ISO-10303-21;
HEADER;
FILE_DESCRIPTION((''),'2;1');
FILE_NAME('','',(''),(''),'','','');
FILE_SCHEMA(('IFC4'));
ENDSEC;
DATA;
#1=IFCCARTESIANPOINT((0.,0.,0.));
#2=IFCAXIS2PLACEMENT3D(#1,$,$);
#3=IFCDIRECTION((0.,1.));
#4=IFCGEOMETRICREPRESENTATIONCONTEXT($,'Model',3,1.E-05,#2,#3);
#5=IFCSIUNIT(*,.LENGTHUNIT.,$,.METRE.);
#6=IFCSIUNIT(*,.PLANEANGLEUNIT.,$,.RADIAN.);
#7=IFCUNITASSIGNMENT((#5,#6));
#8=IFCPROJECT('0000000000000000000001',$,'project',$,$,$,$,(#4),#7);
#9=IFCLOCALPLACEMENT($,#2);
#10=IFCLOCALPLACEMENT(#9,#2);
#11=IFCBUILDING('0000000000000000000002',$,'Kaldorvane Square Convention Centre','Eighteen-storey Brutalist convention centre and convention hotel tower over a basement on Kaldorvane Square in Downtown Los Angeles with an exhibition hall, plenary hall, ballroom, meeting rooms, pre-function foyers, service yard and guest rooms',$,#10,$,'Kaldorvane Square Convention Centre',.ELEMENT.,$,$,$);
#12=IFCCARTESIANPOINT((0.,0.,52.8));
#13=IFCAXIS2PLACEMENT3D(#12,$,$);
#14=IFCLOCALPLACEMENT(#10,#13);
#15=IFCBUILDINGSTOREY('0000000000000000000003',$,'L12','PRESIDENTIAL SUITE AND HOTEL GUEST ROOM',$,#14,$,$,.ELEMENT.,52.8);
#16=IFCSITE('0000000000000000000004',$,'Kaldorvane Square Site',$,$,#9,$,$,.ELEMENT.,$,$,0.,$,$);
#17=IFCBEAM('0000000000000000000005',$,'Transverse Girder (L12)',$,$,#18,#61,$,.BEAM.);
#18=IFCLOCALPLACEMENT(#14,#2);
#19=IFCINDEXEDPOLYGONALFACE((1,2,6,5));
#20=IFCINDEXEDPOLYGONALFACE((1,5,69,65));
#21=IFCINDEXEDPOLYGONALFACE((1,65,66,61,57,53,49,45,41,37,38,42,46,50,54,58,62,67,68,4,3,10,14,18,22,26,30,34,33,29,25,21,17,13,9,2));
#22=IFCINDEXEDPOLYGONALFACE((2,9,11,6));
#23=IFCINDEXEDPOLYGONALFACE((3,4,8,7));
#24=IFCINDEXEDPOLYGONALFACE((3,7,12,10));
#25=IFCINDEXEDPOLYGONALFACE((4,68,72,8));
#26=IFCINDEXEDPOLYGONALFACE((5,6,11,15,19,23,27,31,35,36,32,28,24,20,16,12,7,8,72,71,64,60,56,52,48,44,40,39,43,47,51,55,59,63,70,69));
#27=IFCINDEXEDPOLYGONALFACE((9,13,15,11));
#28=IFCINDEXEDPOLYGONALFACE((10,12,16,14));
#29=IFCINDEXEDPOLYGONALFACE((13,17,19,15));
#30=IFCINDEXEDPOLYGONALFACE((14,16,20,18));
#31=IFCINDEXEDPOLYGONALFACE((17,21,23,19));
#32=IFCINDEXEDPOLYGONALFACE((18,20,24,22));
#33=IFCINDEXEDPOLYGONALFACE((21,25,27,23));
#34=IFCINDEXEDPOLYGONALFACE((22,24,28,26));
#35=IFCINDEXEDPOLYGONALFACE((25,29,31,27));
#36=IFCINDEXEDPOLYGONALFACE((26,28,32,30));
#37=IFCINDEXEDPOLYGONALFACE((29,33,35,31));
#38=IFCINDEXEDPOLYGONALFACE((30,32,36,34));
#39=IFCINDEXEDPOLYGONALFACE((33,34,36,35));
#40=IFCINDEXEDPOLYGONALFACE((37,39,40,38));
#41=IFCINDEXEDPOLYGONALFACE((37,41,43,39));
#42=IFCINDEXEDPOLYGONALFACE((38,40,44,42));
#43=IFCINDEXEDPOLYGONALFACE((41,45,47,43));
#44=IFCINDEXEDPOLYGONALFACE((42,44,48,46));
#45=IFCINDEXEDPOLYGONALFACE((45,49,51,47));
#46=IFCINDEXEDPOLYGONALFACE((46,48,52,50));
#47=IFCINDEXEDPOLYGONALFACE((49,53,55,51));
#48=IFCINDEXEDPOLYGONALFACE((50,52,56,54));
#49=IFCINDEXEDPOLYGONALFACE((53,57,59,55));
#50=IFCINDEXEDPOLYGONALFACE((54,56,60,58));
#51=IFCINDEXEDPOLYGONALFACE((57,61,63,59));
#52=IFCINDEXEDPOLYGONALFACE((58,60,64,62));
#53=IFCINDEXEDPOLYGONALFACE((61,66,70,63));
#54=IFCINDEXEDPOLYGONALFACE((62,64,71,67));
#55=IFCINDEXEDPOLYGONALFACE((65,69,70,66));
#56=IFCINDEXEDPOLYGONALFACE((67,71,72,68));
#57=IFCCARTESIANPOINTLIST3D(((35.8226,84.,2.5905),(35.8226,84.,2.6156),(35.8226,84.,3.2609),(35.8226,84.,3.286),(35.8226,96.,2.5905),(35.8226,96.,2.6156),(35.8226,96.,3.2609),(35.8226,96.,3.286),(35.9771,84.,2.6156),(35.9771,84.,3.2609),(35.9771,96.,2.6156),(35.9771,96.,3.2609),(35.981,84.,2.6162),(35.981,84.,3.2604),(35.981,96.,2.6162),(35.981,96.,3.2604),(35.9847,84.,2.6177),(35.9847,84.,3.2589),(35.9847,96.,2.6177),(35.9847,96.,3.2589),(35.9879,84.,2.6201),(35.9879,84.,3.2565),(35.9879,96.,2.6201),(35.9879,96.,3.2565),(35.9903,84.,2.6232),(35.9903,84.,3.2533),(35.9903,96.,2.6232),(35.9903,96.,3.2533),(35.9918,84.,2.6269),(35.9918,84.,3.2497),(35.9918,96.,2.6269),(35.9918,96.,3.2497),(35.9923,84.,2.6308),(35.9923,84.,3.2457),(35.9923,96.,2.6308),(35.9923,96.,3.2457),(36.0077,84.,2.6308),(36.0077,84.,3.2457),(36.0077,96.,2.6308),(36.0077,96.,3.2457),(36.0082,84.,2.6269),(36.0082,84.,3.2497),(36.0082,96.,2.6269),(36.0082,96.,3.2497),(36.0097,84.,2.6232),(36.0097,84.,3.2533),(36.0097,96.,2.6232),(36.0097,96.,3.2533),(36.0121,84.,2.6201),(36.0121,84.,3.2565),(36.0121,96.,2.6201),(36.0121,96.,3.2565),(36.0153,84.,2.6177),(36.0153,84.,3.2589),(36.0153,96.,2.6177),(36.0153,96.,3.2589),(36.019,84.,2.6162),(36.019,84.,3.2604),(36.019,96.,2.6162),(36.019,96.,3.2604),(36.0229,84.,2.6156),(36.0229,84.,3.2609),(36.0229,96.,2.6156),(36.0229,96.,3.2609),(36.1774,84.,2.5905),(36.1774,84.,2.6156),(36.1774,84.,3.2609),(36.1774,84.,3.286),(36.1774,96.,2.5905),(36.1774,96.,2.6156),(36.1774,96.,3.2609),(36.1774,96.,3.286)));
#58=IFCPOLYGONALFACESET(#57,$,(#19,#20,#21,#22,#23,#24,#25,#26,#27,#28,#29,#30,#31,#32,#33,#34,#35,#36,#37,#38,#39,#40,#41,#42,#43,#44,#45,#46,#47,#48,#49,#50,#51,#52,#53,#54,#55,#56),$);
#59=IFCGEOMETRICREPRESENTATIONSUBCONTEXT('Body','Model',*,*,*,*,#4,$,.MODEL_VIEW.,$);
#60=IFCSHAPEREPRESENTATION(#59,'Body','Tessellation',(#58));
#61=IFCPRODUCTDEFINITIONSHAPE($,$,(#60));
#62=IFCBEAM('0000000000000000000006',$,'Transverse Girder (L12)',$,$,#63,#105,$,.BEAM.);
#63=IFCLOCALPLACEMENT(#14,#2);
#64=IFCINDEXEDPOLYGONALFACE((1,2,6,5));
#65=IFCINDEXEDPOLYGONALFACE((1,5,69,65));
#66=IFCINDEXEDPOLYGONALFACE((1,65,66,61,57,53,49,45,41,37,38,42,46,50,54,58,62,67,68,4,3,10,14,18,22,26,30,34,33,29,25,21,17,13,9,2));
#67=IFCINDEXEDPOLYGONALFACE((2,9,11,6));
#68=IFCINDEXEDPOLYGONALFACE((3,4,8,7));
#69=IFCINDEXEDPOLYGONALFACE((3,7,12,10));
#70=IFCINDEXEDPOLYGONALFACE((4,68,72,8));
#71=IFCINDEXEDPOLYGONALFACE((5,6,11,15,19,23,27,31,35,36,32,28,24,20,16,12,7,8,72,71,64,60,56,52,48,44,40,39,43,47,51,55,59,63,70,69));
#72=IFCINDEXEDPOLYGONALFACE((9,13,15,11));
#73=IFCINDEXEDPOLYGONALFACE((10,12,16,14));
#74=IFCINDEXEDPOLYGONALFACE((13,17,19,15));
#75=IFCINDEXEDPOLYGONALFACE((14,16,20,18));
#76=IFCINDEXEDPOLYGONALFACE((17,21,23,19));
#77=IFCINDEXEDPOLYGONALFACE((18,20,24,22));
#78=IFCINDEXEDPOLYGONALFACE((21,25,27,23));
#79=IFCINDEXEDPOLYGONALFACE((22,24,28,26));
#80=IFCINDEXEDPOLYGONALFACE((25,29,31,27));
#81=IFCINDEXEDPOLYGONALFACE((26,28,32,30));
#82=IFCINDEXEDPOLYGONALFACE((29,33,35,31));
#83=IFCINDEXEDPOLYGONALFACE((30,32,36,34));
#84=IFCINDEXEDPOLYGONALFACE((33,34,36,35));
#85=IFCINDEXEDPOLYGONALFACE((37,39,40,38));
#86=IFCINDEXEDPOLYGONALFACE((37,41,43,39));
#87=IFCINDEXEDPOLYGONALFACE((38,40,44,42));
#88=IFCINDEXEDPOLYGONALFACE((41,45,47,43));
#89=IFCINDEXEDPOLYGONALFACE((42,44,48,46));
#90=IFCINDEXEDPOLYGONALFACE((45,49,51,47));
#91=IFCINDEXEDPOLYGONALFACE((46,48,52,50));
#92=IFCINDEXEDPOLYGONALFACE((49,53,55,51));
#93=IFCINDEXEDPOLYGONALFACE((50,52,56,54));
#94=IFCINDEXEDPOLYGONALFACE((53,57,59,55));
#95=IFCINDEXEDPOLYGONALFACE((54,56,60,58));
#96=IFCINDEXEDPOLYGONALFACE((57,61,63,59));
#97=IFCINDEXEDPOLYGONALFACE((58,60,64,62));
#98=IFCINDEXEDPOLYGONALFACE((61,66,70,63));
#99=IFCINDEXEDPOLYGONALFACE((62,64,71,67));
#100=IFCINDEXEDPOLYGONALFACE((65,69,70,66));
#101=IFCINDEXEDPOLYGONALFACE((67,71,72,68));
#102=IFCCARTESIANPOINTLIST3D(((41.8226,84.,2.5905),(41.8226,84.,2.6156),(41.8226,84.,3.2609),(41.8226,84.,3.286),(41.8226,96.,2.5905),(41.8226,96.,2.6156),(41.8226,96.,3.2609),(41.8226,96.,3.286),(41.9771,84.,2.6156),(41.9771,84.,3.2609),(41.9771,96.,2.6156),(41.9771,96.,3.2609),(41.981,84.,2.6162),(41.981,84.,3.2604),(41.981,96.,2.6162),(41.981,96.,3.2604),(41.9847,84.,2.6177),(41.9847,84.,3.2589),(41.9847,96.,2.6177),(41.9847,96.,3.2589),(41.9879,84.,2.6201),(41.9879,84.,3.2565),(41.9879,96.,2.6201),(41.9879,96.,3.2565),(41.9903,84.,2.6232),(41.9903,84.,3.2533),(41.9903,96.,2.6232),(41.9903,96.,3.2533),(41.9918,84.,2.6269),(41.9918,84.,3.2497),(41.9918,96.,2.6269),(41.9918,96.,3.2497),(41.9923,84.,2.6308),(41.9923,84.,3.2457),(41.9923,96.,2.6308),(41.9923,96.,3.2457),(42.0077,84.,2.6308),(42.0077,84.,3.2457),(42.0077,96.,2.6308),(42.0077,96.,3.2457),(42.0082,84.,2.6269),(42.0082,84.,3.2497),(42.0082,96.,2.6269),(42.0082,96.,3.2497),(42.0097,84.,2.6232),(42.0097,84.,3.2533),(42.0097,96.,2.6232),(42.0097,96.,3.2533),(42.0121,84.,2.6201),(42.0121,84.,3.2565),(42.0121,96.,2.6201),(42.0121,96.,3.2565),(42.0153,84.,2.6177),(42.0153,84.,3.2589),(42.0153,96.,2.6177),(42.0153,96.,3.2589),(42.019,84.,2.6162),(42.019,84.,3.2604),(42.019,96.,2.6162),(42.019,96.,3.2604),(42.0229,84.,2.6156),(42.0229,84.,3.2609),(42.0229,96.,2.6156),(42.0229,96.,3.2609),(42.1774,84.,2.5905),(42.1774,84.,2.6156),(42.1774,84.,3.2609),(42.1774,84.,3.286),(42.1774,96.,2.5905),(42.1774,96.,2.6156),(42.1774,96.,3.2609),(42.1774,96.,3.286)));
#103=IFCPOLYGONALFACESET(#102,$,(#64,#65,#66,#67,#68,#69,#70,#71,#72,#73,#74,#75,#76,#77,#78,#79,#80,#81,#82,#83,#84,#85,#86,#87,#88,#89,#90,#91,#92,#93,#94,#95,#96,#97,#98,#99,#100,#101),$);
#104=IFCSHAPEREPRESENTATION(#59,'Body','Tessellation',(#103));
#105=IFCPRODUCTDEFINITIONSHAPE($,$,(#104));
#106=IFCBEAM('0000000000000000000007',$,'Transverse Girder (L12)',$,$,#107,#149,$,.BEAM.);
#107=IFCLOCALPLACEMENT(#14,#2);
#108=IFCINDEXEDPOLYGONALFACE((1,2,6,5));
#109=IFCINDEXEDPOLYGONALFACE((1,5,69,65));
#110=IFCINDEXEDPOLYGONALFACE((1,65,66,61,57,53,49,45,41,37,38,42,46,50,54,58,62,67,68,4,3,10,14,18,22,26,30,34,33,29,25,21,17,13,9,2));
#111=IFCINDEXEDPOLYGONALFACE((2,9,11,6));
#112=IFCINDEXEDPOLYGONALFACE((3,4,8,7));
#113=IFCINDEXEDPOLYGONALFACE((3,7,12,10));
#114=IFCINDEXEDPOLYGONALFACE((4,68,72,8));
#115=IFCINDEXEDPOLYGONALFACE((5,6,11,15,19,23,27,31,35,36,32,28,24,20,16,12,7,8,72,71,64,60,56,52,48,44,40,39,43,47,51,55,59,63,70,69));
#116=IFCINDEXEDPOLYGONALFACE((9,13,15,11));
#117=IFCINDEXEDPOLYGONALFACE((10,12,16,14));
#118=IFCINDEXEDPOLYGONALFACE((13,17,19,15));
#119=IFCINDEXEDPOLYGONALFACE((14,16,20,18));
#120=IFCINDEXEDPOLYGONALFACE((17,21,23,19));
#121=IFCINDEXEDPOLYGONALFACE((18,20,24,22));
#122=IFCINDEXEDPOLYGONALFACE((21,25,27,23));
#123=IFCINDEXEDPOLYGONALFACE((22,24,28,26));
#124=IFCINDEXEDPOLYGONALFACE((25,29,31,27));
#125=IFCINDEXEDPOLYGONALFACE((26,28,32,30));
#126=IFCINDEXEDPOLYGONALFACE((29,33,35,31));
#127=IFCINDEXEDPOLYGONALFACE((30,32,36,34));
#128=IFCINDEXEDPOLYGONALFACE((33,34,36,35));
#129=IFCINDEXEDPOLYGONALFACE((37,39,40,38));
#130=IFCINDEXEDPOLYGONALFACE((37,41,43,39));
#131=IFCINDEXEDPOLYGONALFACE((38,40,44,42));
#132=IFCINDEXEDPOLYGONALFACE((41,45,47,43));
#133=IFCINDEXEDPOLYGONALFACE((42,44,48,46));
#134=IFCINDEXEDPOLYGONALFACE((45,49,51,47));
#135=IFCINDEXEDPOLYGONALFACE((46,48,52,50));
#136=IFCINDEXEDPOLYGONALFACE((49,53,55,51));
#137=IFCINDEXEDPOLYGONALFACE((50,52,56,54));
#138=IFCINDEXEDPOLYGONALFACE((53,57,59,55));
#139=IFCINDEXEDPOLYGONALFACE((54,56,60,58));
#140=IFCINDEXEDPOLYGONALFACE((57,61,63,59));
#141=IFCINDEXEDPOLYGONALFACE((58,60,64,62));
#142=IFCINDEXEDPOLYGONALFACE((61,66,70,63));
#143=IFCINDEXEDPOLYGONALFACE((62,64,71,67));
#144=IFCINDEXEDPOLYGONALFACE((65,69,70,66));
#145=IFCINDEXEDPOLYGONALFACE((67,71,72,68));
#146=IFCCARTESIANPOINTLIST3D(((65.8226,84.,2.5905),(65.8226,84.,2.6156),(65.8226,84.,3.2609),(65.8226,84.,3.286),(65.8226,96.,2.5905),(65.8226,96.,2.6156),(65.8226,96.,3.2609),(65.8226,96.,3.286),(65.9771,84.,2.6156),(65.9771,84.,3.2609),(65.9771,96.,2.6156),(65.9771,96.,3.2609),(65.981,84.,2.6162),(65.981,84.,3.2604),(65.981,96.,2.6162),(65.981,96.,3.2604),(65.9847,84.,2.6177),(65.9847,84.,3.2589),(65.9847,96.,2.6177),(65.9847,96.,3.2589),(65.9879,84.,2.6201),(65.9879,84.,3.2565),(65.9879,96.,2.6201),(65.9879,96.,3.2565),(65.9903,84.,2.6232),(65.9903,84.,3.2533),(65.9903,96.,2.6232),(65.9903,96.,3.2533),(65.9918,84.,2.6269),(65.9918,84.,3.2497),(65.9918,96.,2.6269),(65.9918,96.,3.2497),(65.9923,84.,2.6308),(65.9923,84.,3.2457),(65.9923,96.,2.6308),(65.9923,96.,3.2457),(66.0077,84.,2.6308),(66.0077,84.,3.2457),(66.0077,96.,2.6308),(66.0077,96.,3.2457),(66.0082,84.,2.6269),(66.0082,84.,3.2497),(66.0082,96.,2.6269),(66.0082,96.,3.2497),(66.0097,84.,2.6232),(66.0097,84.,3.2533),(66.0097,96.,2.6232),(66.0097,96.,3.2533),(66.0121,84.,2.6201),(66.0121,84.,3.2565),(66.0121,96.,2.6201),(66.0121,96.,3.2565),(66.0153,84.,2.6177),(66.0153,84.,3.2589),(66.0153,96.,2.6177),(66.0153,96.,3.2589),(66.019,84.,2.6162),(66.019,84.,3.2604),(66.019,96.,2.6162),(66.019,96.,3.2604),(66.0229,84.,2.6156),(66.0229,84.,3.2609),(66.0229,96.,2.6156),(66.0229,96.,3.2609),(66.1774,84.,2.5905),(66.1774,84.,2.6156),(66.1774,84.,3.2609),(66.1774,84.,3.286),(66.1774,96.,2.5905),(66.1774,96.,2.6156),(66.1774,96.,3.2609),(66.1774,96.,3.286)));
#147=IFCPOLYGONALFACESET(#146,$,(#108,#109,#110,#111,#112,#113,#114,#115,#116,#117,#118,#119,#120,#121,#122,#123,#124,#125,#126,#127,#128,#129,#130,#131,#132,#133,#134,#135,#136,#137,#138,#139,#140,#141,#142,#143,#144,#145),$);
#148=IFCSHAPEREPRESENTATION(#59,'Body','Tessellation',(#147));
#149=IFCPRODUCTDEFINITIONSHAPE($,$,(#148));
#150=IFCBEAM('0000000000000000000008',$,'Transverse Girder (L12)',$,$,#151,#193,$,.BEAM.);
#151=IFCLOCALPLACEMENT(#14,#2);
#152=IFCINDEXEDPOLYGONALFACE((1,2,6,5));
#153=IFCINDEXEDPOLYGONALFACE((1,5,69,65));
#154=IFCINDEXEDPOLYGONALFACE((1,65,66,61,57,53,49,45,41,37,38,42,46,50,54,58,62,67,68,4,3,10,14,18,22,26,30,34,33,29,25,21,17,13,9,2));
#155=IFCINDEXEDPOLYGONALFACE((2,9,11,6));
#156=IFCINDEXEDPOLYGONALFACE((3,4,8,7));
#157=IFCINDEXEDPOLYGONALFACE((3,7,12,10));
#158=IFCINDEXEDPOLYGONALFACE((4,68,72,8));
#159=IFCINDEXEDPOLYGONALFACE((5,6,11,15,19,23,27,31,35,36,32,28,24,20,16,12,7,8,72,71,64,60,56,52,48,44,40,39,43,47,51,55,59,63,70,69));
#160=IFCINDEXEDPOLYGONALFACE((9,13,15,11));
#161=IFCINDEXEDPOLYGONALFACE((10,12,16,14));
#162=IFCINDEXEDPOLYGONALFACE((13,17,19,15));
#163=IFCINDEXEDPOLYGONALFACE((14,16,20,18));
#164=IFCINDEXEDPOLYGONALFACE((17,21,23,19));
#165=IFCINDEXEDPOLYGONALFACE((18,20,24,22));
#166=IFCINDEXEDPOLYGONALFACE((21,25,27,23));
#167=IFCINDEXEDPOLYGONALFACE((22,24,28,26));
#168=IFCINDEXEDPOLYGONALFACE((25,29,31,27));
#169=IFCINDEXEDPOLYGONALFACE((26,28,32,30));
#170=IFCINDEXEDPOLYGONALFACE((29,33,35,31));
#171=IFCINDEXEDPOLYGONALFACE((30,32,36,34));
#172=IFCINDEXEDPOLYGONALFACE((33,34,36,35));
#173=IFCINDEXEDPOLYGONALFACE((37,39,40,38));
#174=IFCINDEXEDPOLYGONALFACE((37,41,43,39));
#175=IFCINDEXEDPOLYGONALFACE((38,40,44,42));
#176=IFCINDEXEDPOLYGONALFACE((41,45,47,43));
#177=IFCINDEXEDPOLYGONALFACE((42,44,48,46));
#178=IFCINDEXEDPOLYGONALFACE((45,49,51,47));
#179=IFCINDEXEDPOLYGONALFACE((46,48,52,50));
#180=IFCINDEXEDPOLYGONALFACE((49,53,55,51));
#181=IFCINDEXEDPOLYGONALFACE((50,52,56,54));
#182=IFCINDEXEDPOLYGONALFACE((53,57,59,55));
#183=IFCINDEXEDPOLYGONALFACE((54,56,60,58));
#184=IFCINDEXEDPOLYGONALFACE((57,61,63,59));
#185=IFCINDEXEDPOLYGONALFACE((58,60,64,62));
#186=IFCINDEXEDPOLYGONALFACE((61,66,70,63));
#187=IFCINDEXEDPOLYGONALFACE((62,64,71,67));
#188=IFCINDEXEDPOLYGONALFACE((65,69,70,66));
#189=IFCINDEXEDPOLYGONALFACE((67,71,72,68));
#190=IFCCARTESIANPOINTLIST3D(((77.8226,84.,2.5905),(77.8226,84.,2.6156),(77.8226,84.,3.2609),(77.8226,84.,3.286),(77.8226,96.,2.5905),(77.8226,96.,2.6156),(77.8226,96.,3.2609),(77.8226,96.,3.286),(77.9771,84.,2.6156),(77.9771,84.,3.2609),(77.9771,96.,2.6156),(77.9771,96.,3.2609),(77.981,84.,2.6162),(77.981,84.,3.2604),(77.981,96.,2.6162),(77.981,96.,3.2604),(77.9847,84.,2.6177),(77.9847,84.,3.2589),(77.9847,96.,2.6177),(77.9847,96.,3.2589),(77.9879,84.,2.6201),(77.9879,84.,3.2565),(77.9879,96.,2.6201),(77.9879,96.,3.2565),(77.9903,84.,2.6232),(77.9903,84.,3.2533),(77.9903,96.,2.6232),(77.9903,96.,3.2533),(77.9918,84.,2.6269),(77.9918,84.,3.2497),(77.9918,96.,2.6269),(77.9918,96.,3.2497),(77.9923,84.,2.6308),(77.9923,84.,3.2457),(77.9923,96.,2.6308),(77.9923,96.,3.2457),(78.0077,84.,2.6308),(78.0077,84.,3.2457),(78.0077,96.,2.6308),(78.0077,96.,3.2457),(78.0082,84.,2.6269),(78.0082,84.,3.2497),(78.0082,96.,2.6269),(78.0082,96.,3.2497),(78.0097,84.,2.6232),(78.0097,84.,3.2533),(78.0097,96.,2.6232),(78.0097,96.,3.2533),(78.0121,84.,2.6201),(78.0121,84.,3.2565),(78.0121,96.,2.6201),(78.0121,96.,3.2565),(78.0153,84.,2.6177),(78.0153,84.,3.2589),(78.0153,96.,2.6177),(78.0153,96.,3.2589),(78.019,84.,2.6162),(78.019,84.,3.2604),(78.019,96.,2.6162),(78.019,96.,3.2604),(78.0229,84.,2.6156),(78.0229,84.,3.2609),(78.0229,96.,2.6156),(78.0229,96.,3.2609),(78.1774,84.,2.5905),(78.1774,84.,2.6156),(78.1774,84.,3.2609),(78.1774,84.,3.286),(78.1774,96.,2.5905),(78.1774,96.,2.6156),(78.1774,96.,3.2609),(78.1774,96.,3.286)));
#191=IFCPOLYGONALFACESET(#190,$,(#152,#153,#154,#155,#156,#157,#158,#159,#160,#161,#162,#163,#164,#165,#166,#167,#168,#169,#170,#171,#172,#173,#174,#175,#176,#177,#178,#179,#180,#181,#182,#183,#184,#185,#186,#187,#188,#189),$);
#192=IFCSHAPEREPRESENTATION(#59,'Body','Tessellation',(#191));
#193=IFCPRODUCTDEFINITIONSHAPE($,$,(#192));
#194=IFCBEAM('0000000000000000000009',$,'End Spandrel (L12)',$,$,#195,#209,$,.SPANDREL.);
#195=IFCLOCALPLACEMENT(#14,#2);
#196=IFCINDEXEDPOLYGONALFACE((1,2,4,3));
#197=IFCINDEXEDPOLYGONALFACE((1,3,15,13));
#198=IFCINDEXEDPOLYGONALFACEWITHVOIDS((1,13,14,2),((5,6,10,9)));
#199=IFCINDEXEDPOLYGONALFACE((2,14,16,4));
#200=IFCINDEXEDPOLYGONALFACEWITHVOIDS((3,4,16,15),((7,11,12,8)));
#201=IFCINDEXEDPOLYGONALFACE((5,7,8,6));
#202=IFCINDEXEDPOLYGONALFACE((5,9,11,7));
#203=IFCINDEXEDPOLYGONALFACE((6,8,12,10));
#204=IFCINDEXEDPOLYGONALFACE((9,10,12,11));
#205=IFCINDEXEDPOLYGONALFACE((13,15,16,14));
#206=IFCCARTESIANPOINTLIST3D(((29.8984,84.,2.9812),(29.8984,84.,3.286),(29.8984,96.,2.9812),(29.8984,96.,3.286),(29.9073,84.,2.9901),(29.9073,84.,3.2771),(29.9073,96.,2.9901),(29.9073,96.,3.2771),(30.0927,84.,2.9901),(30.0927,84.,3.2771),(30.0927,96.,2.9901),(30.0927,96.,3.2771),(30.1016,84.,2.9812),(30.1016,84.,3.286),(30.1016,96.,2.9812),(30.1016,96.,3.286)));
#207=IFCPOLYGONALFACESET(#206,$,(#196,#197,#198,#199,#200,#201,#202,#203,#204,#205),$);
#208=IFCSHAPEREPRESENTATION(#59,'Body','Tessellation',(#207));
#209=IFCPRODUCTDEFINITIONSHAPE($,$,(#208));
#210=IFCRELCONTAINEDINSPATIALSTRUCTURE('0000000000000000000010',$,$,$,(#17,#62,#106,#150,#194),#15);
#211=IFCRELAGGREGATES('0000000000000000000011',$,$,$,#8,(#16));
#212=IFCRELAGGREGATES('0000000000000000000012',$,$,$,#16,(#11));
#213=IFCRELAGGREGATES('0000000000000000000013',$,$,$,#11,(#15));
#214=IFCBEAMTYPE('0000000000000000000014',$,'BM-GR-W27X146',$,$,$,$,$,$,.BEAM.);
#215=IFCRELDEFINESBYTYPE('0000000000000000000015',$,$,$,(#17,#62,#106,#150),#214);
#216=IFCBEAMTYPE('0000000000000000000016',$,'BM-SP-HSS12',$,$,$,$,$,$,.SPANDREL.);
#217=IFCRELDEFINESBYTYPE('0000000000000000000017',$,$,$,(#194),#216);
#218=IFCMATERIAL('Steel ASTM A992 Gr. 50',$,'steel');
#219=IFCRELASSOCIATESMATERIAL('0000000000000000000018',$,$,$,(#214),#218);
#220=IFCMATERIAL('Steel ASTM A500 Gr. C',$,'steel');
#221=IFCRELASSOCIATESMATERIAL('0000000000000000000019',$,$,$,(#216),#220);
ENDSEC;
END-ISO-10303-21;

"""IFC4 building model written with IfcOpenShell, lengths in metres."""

from ifc_helpers import new_model, si_unit, direction, frame, origin, origin_2d, place, context, subcontext, project, spatial, hollow_rectangle, i_section, extrude, material, material_profile, profile_set, type_object, element, save


model = new_model("IFC4")

# Units and contexts
model_context = context("Model", 3, precision=1e-05, world=origin(), true_north=direction((0.0, 1.0)))
body_context = subcontext(model_context, "Body", "Model", "MODEL_VIEW")
ifc_project = project(units=[si_unit("LENGTHUNIT", "METRE"), si_unit("PLANEANGLEUNIT", "RADIAN")], contexts=[model_context])

# Site, building, storey
site_placement = place(None, origin())
site = spatial("IfcSite", under=ifc_project, at=site_placement, Name="Kaldorvane Square Site", CompositionType="ELEMENT", RefElevation=0.0)
building_placement = place(site_placement, origin())
building = spatial("IfcBuilding", under=site, at=building_placement, Name="Kaldorvane Square Convention Centre", Description="Eighteen-storey Brutalist convention centre and convention hotel tower over a basement on Kaldorvane Square in Downtown Los Angeles with an exhibition hall, plenary hall, ballroom, meeting rooms, pre-function foyers, service yard and guest rooms", LongName="Kaldorvane Square Convention Centre", CompositionType="ELEMENT")
storey_placement = place(building_placement, frame((0.0, 0.0, 52.8)))
storey = spatial("IfcBuildingStorey", under=building, at=storey_placement, Name="L12", Description="PRESIDENTIAL SUITE AND HOTEL GUEST ROOM", CompositionType="ELEMENT", Elevation=52.8)

# Beams
ifc_material_1 = material(Name="Steel ASTM A992 Gr. 50", Category="steel")
ifc_material_profile_1 = material_profile(ifc_material_1, i_section(OverallWidth=0.3547, OverallDepth=0.6955, WebThickness=0.0154, FlangeThickness=0.0251, FilletRadius=0.0152, at=origin_2d()), Name="W27X146")
ifc_profile_set_1 = profile_set([ifc_material_profile_1], Name="Steel ASTM A992 Gr. 50")
beam_type_1 = type_object("IfcBeamType", Name="BM-GR-W27X146", PredefinedType="BEAM", material=ifc_profile_set_1)
for number, where, z_axis, x_axis, name in (
    (1, (36.0, 84.0, 2.9383), (0.0, 1.0, 0.0), (-1.0, 0.0, 0.0), "Transverse Girder (L12)"),
    (2, (42.0, 84.0, 2.9383), (0.0, 1.0, 0.0), (-1.0, 0.0, 0.0), "Transverse Girder (L12)"),
    (3, (66.0, 84.0, 2.9383), (0.0, 1.0, 0.0), (-1.0, 0.0, 0.0), "Transverse Girder (L12)"),
    (4, (78.0, 84.0, 2.9383), (0.0, 1.0, 0.0), (-1.0, 0.0, 0.0), "Transverse Girder (L12)"),
):
    element("IfcBeam", number, at=place(storey_placement, frame(where, z_axis=z_axis, x_axis=x_axis)), inside=storey, type_object=beam_type_1, Name=name, PredefinedType="BEAM", context=body_context, shape_type="SweptSolid", body=[
        extrude(i_section(OverallWidth=0.3547, OverallDepth=0.6955, WebThickness=0.0154, FlangeThickness=0.0251, FilletRadius=0.0152, at=origin_2d()), origin(), (0.0, 0.0, 1.0), 12.0),
    ])
ifc_material_2 = material(Name="Steel ASTM A500 Gr. C", Category="steel")
ifc_material_profile_2 = material_profile(ifc_material_2, hollow_rectangle(XDim=0.2032, YDim=0.3048, WallThickness=0.0089, at=origin_2d()), Name="HSS12X8X3/8")
ifc_profile_set_2 = profile_set([ifc_material_profile_2], Name="Steel ASTM A500 Gr. C")
beam_type_2 = type_object("IfcBeamType", Name="BM-SP-HSS12", PredefinedType="SPANDREL", material=ifc_profile_set_2)
for number, where, z_axis, x_axis, name in (
    (5, (30.0, 84.0, 3.1336), (0.0, 1.0, 0.0), (-1.0, 0.0, 0.0), "End Spandrel (L12)"),
):
    element("IfcBeam", number, at=place(storey_placement, frame(where, z_axis=z_axis, x_axis=x_axis)), inside=storey, type_object=beam_type_2, Name=name, PredefinedType="SPANDREL", context=body_context, shape_type="SweptSolid", body=[
        extrude(hollow_rectangle(XDim=0.2032, YDim=0.3048, WallThickness=0.0089, at=origin_2d()), origin(), (0.0, 0.0, 1.0), 12.0),
    ])

save(model, "model.ifc")
